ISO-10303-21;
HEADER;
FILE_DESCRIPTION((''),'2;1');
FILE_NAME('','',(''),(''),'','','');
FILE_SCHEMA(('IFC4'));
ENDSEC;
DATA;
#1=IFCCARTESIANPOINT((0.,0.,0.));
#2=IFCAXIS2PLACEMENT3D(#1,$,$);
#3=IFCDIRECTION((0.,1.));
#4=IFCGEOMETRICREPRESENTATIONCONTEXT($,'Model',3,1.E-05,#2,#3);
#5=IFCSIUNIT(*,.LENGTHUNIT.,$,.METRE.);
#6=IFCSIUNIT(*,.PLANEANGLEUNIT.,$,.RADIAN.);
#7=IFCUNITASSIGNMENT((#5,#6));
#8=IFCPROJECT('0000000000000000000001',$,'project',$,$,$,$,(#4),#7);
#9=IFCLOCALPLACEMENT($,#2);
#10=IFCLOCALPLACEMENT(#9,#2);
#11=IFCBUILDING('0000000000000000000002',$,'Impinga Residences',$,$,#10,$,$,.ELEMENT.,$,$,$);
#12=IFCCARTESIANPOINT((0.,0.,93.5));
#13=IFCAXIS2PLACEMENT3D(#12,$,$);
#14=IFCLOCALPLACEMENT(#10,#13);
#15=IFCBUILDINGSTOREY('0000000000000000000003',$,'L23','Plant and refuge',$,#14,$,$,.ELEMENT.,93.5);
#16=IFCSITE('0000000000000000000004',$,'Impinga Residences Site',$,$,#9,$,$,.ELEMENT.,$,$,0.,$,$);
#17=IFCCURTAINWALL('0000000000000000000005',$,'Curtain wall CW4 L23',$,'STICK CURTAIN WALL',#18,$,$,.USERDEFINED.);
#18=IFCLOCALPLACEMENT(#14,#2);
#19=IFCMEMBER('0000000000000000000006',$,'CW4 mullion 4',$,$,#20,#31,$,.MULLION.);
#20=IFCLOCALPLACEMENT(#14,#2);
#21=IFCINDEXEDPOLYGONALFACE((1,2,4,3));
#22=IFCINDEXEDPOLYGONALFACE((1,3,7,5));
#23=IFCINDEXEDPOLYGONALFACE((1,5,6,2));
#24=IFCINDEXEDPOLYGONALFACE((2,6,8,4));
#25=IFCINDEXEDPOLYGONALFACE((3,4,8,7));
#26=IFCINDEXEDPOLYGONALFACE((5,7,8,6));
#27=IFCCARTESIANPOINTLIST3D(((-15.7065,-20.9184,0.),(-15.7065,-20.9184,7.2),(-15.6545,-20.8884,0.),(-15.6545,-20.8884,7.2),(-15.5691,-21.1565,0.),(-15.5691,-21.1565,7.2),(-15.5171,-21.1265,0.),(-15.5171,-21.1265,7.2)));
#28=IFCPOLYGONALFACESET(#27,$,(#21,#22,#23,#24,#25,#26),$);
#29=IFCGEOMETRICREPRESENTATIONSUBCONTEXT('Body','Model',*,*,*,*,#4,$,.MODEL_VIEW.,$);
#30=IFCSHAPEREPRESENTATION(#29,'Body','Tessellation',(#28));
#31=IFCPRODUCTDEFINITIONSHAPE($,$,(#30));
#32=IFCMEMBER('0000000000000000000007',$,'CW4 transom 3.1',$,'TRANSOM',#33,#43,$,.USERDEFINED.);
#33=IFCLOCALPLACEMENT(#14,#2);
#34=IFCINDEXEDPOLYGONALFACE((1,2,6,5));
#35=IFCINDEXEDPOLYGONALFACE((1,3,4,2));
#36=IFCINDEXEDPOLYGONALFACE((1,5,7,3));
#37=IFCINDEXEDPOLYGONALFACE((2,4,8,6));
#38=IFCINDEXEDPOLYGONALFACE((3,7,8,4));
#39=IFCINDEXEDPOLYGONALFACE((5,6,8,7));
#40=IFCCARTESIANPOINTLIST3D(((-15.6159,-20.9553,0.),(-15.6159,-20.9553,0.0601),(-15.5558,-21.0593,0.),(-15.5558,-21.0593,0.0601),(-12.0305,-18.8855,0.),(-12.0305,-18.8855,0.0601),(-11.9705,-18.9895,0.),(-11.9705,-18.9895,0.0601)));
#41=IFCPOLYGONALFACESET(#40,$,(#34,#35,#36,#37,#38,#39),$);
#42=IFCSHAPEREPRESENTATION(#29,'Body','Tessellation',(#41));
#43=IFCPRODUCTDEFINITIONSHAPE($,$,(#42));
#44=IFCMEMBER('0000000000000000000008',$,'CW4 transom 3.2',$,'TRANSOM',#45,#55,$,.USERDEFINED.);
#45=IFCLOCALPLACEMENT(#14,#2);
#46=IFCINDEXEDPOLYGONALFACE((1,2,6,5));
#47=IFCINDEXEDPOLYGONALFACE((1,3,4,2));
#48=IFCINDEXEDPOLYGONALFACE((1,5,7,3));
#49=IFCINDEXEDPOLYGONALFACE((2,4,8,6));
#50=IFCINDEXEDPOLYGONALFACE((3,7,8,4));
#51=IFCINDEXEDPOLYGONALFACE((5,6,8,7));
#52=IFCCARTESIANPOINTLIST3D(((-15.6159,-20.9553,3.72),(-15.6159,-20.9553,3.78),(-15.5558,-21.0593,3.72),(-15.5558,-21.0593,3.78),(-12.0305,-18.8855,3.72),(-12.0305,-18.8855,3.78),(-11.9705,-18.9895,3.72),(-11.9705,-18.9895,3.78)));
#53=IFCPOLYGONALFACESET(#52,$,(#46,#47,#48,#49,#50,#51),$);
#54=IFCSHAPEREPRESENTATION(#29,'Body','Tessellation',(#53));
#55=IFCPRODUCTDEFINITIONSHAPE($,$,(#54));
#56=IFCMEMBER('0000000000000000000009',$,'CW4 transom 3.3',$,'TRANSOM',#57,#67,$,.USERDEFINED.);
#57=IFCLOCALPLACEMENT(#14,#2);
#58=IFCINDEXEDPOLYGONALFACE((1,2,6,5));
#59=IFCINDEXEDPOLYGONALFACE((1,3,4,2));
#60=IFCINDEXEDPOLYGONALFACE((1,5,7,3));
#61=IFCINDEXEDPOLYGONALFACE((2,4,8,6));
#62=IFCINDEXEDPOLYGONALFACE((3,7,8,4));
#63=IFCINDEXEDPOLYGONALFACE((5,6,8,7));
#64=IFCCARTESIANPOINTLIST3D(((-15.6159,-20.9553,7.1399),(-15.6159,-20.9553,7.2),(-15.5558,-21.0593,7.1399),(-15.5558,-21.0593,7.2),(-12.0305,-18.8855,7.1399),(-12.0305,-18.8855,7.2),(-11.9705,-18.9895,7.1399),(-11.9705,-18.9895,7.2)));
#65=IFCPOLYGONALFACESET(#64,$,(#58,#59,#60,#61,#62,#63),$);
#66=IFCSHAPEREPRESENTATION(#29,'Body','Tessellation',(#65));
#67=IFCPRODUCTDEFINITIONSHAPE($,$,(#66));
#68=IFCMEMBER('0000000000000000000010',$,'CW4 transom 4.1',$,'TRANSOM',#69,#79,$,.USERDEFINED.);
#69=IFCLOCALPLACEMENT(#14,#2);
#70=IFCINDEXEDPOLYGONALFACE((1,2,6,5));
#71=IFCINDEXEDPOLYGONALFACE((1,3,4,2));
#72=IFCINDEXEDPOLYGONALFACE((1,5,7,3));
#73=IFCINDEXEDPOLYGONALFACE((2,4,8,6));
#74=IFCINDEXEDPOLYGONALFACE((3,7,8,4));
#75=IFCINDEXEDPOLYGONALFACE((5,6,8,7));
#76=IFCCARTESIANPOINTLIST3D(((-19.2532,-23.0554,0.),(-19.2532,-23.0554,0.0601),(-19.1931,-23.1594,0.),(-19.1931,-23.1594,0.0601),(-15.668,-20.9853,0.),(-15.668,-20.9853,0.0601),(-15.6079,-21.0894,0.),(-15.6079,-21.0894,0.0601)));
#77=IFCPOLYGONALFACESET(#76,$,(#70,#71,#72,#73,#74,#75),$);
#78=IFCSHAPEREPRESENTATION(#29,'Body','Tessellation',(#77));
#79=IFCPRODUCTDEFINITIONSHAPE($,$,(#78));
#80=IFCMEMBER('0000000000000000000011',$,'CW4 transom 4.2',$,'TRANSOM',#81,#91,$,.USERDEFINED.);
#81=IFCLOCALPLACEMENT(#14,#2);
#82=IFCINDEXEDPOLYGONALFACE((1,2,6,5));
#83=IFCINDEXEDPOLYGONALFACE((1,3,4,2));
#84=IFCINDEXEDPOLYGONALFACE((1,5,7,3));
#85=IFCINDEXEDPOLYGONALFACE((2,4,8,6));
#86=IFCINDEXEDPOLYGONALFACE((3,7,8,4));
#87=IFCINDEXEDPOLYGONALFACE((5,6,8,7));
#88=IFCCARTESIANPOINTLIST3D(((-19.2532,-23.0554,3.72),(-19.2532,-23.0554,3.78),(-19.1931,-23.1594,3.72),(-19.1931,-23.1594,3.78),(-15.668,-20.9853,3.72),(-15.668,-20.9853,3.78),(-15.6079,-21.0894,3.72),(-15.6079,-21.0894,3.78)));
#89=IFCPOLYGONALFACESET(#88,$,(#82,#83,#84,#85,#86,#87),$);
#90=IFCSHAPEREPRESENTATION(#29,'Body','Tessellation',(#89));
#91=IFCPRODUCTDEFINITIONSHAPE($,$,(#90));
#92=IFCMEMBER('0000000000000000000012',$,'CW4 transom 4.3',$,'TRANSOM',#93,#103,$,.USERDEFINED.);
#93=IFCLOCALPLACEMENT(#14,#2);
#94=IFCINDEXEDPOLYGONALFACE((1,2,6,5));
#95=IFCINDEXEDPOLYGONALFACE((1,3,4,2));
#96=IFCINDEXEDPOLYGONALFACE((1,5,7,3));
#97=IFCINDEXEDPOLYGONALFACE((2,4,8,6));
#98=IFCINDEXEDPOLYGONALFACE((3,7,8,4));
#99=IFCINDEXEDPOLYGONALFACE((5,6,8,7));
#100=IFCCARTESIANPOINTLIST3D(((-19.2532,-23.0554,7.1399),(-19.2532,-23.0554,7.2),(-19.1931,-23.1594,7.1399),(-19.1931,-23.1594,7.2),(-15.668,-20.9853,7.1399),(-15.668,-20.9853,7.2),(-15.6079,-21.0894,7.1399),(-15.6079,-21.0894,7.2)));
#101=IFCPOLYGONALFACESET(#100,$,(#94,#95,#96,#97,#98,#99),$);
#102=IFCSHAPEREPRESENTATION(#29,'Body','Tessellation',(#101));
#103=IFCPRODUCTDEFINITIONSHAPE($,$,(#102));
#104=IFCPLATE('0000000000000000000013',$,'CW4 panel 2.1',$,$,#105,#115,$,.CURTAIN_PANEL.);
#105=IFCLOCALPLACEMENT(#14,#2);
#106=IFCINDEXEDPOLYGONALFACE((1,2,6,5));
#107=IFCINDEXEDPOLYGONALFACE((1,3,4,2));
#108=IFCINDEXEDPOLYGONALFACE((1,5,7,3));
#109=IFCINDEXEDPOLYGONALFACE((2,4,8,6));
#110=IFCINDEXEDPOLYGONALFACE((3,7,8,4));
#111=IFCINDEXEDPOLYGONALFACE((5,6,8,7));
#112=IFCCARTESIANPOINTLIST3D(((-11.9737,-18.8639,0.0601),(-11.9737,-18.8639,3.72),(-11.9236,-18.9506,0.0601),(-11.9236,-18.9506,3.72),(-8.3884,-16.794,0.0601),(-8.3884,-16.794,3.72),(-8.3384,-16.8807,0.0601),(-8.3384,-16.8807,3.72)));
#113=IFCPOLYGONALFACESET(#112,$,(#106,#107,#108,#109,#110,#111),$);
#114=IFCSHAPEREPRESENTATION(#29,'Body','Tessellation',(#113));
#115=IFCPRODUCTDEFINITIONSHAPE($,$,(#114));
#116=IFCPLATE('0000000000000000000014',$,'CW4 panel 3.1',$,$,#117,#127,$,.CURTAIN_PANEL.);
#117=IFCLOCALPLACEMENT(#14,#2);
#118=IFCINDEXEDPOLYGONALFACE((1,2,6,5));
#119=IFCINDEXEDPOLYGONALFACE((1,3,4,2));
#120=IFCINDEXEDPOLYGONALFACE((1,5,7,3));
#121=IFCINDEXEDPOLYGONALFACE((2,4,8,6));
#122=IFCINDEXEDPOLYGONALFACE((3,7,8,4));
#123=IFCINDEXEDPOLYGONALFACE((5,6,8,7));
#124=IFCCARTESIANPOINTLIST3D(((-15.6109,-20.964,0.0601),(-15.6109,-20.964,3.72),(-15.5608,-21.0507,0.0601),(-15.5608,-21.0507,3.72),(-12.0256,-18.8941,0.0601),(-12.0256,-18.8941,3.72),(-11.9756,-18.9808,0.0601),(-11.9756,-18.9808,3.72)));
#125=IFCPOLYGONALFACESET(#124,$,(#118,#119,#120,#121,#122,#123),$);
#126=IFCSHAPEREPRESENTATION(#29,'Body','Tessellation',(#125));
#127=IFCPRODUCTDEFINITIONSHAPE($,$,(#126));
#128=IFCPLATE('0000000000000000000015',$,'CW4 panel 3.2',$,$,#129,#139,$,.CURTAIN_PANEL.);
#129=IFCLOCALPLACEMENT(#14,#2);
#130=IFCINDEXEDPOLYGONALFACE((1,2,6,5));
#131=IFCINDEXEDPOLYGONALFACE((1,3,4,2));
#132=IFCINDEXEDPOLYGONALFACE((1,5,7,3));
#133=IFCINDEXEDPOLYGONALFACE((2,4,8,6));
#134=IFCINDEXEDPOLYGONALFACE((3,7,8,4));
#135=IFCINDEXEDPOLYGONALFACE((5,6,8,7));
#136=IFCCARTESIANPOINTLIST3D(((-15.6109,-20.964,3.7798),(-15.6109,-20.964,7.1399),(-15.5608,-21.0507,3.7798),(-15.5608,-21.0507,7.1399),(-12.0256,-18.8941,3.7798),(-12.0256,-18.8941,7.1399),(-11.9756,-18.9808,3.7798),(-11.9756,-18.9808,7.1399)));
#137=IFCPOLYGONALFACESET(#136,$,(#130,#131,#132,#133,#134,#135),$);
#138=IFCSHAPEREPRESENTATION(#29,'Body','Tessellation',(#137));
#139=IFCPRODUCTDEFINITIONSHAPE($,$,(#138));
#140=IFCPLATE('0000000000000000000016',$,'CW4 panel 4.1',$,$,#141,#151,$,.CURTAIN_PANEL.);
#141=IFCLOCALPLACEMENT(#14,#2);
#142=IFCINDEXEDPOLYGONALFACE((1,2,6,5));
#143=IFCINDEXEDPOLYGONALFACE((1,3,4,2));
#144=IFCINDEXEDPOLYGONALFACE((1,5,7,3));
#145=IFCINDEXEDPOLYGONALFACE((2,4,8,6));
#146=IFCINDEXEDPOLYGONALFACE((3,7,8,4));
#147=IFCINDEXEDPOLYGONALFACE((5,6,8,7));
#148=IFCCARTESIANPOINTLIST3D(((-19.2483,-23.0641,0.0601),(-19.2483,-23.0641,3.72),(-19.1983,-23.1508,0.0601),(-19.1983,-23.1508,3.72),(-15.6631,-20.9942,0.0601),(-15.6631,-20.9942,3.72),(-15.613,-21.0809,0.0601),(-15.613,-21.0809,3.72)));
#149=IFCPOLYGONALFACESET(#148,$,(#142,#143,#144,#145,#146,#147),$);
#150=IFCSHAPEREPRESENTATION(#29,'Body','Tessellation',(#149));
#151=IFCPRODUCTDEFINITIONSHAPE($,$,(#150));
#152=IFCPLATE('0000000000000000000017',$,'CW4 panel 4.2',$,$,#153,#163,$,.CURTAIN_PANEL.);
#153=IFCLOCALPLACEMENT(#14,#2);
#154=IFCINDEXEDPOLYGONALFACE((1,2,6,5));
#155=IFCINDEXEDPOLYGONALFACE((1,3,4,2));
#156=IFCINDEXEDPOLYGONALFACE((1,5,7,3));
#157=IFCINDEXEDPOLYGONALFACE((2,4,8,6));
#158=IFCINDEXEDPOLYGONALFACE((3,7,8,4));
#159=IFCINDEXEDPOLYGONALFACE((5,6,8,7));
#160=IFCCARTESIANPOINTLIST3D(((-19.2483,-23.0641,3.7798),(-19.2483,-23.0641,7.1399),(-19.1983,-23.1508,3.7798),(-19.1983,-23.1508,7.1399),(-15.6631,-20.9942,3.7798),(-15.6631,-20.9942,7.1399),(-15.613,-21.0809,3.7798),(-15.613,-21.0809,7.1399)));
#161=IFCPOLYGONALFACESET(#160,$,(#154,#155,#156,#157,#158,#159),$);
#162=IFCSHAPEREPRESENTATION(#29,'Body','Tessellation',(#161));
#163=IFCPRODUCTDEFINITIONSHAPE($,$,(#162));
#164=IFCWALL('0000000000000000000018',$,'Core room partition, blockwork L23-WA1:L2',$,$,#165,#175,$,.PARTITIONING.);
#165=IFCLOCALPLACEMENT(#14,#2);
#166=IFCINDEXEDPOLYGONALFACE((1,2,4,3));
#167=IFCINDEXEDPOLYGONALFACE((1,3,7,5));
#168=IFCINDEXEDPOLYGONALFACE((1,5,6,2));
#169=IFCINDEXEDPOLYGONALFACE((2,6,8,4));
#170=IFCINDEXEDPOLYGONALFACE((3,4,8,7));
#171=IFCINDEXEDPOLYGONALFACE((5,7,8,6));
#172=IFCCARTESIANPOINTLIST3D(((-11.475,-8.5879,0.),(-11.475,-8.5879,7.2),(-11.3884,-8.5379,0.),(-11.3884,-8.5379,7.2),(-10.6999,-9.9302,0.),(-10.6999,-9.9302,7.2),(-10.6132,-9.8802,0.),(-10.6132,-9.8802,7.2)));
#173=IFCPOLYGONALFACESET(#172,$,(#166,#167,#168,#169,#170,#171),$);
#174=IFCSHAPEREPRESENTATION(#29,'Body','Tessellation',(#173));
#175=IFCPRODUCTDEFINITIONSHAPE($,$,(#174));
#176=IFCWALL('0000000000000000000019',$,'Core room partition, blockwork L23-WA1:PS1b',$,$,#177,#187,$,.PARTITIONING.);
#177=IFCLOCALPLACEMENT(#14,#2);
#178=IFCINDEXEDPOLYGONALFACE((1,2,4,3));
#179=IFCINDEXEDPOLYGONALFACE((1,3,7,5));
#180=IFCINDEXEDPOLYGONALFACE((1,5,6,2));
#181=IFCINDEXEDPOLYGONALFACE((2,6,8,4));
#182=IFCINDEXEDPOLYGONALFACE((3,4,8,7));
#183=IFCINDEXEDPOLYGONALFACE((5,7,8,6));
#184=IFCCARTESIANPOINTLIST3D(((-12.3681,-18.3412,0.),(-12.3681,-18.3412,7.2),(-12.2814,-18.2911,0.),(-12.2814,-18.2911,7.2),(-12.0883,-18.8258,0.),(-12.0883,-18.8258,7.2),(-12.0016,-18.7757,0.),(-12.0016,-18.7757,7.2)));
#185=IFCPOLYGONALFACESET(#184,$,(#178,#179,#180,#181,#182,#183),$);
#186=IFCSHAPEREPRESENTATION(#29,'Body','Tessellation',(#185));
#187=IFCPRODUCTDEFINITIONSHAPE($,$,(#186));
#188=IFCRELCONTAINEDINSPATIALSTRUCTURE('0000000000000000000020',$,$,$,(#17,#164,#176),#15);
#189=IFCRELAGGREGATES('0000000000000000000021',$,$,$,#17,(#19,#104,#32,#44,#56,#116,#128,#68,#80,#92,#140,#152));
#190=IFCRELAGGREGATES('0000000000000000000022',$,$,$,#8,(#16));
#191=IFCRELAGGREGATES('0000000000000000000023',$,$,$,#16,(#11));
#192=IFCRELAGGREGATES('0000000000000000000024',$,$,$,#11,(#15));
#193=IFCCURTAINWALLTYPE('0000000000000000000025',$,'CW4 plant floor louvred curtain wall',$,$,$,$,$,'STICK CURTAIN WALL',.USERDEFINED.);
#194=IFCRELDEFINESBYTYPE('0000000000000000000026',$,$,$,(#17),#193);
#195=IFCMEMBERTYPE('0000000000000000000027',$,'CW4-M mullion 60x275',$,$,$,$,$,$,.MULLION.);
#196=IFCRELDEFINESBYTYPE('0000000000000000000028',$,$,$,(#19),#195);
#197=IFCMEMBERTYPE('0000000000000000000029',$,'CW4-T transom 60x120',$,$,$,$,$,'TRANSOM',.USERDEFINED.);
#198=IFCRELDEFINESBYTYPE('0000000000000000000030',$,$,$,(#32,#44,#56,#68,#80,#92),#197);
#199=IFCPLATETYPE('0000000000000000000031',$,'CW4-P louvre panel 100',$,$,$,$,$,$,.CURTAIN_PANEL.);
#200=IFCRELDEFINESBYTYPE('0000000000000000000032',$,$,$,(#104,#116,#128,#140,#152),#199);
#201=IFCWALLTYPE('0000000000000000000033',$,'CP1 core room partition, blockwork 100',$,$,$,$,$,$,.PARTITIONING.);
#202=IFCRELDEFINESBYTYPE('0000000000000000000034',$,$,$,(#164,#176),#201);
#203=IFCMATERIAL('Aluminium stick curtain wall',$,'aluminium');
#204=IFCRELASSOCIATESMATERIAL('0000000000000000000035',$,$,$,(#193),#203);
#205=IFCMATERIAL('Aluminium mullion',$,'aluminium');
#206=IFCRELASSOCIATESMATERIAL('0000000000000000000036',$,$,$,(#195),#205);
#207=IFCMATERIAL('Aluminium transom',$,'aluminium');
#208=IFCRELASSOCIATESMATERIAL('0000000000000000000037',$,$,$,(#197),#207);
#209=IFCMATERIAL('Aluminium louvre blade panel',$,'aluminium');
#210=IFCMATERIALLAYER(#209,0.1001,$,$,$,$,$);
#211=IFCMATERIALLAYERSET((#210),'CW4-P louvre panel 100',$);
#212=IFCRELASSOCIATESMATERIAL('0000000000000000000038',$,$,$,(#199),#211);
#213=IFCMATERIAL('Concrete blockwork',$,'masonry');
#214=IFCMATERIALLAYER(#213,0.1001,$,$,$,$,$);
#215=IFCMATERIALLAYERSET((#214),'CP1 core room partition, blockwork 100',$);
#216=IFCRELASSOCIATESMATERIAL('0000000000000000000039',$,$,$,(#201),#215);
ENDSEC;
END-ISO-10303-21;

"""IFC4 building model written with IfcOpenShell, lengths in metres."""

from ifc_helpers import new_model, si_unit, direction, frame, frame_2d, origin, origin_2d, place, context, subcontext, project, spatial, rectangle, extrude, material, layer, layer_set, material_profile, profile_set, type_object, element, aggregate, save


model = new_model("IFC4")

# Units and contexts
model_context = context("Model", 3, precision=1e-05, world=origin(), true_north=direction((0.0, 1.0)))
body_context = subcontext(model_context, "Body", "Model", "MODEL_VIEW")
ifc_project = project(units=[si_unit("LENGTHUNIT", "METRE"), si_unit("PLANEANGLEUNIT", "RADIAN")], contexts=[model_context])

# Site, building, storey
site_placement = place(None, origin())
site = spatial("IfcSite", under=ifc_project, at=site_placement, Name="Impinga Residences Site", CompositionType="ELEMENT", RefElevation=0.0)
building_placement = place(site_placement, origin())
building = spatial("IfcBuilding", under=site, at=building_placement, Name="Impinga Residences", CompositionType="ELEMENT")
storey_placement = place(building_placement, frame((0.0, 0.0, 93.5)))
storey = spatial("IfcBuildingStorey", under=building, at=storey_placement, Name="L23", Description="Plant and refuge", CompositionType="ELEMENT", Elevation=93.5)

# Curtain wall, members, plates
ifc_material_1 = material(Name="Aluminium stick curtain wall", Category="aluminium")
curtain_wall_type = type_object("IfcCurtainWallType", Name="CW4 plant floor louvred curtain wall", ElementType="STICK CURTAIN WALL", PredefinedType="USERDEFINED", material=ifc_material_1)
curtain_wall_placement = place(storey_placement, origin())
curtain_wall = element("IfcCurtainWall", 1, at=curtain_wall_placement, inside=storey, type_object=curtain_wall_type, Name="Curtain wall CW4 L23", ObjectType="STICK CURTAIN WALL", PredefinedType="USERDEFINED")
ifc_material_2 = material(Name="Aluminium mullion", Category="aluminium")
ifc_material_profile_1 = material_profile(ifc_material_2, rectangle(XDim=0.0601, YDim=0.2749, at=origin_2d()), Name="60x275 mullion")
ifc_profile_set_1 = profile_set([ifc_material_profile_1], Name="Aluminium mullion")
member_type_1 = type_object("IfcMemberType", Name="CW4-M mullion 60x275", PredefinedType="MULLION", material=ifc_profile_set_1)
member_1_placement = place(storey_placement, frame((-15.6118, -21.0225, 0.0), z_axis=(0.0, 0.0, 1.0), x_axis=(-0.866025, -0.5, 0.0)))
member_1 = element("IfcMember", 2, at=member_1_placement, type_object=member_type_1, Name="CW4 mullion 4", PredefinedType="MULLION", context=body_context, shape_type="SweptSolid", body=[
    extrude(rectangle(XDim=0.0601, YDim=0.2749, at=origin_2d()), origin(), (0.0, 0.0, 1.0), 7.2),
])
ifc_material_3 = material(Name="Aluminium transom", Category="aluminium")
ifc_material_profile_2 = material_profile(ifc_material_3, rectangle(XDim=0.0601, YDim=0.1201, at=origin_2d()), Name="60x120 transom")
ifc_profile_set_2 = profile_set([ifc_material_profile_2], Name="Aluminium transom")
member_type_2 = type_object("IfcMemberType", Name="CW4-T transom 60x120", ElementType="TRANSOM", PredefinedType="USERDEFINED", material=ifc_profile_set_2)
member_2_placement = place(storey_placement, frame((-12.0005, -18.9375, 0.03), z_axis=(-0.86605, -0.499957, 0.0), x_axis=(0.0, 0.0, 1.0)))
member_2 = element("IfcMember", 3, at=member_2_placement, type_object=member_type_2, Name="CW4 transom 3.1", ObjectType="TRANSOM", PredefinedType="USERDEFINED", context=body_context, shape_type="SweptSolid", body=[
    extrude(rectangle(XDim=0.0601, YDim=0.1201, at=origin_2d()), origin(), (0.0, 0.0, 1.0), 4.1399),
])
member_3_placement = place(storey_placement, frame((-12.0005, -18.9375, 3.75), z_axis=(-0.86605, -0.499957, 0.0), x_axis=(0.0, 0.0, 1.0)))
member_3 = element("IfcMember", 4, at=member_3_placement, type_object=member_type_2, Name="CW4 transom 3.2", ObjectType="TRANSOM", PredefinedType="USERDEFINED", context=body_context, shape_type="SweptSolid", body=[
    extrude(rectangle(XDim=0.0601, YDim=0.1201, at=origin_2d()), origin(), (0.0, 0.0, 1.0), 4.1399),
])
member_4_placement = place(storey_placement, frame((-12.0005, -18.9375, 7.1699), z_axis=(-0.86605, -0.499957, 0.0), x_axis=(0.0, 0.0, 1.0)))
member_4 = element("IfcMember", 5, at=member_4_placement, type_object=member_type_2, Name="CW4 transom 3.3", ObjectType="TRANSOM", PredefinedType="USERDEFINED", context=body_context, shape_type="SweptSolid", body=[
    extrude(rectangle(XDim=0.0601, YDim=0.1201, at=origin_2d()), origin(), (0.0, 0.0, 1.0), 4.1399),
])
member_5_placement = place(storey_placement, frame((-15.6379, -21.0374, 0.03), z_axis=(-0.86601, -0.500027, 0.0), x_axis=(0.0, 0.0, 1.0)))
member_5 = element("IfcMember", 6, at=member_5_placement, type_object=member_type_2, Name="CW4 transom 4.1", ObjectType="TRANSOM", PredefinedType="USERDEFINED", context=body_context, shape_type="SweptSolid", body=[
    extrude(rectangle(XDim=0.0601, YDim=0.1201, at=origin_2d()), origin(), (0.0, 0.0, 1.0), 4.1399),
])
member_6_placement = place(storey_placement, frame((-15.6379, -21.0374, 3.75), z_axis=(-0.86601, -0.500027, 0.0), x_axis=(0.0, 0.0, 1.0)))
member_6 = element("IfcMember", 7, at=member_6_placement, type_object=member_type_2, Name="CW4 transom 4.2", ObjectType="TRANSOM", PredefinedType="USERDEFINED", context=body_context, shape_type="SweptSolid", body=[
    extrude(rectangle(XDim=0.0601, YDim=0.1201, at=origin_2d()), origin(), (0.0, 0.0, 1.0), 4.1399),
])
member_7_placement = place(storey_placement, frame((-15.6379, -21.0374, 7.1699), z_axis=(-0.86601, -0.500027, 0.0), x_axis=(0.0, 0.0, 1.0)))
member_7 = element("IfcMember", 8, at=member_7_placement, type_object=member_type_2, Name="CW4 transom 4.3", ObjectType="TRANSOM", PredefinedType="USERDEFINED", context=body_context, shape_type="SweptSolid", body=[
    extrude(rectangle(XDim=0.0601, YDim=0.1201, at=origin_2d()), origin(), (0.0, 0.0, 1.0), 4.1399),
])
ifc_material_4 = material(Name="Aluminium louvre blade panel", Category="aluminium")
ifc_layer_1 = layer(ifc_material_4, 0.1001)
ifc_layer_set_1 = layer_set([ifc_layer_1], Name="CW4-P louvre panel 100")
plate_type = type_object("IfcPlateType", Name="CW4-P louvre panel 100", PredefinedType="CURTAIN_PANEL", material=ifc_layer_set_1)
plate_1_placement = place(storey_placement, frame((-10.156, -17.8723, 0.0601), z_axis=(0.0, 0.0, 1.0), x_axis=(-0.866025, -0.5, 0.0)))
plate_1 = element("IfcPlate", 9, at=plate_1_placement, type_object=plate_type, Name="CW4 panel 2.1", PredefinedType="CURTAIN_PANEL", context=body_context, shape_type="SweptSolid", body=[
    extrude(rectangle(XDim=4.1399, YDim=0.1001, at=origin_2d()), origin(), (0.0, 0.0, 1.0), 3.6599),
])
plate_2_placement = place(storey_placement, frame((-13.7932, -19.9724, 0.0601), z_axis=(0.0, 0.0, 1.0), x_axis=(-0.866025, -0.5, 0.0)))
plate_2 = element("IfcPlate", 10, at=plate_2_placement, type_object=plate_type, Name="CW4 panel 3.1", PredefinedType="CURTAIN_PANEL", context=body_context, shape_type="SweptSolid", body=[
    extrude(rectangle(XDim=4.1399, YDim=0.1001, at=origin_2d()), origin(), (0.0, 0.0, 1.0), 3.6599),
])
plate_3_placement = place(storey_placement, frame((-13.7932, -19.9724, 3.7798), z_axis=(0.0, 0.0, 1.0), x_axis=(-0.866025, -0.5, 0.0)))
plate_3 = element("IfcPlate", 11, at=plate_3_placement, type_object=plate_type, Name="CW4 panel 3.2", PredefinedType="CURTAIN_PANEL", context=body_context, shape_type="SweptSolid", body=[
    extrude(rectangle(XDim=4.1399, YDim=0.1001, at=origin_2d()), origin(), (0.0, 0.0, 1.0), 3.3601),
])
plate_4_placement = place(storey_placement, frame((-17.4307, -22.0725, 0.0601), z_axis=(0.0, 0.0, 1.0), x_axis=(-0.866025, -0.5, 0.0)))
plate_4 = element("IfcPlate", 12, at=plate_4_placement, type_object=plate_type, Name="CW4 panel 4.1", PredefinedType="CURTAIN_PANEL", context=body_context, shape_type="SweptSolid", body=[
    extrude(rectangle(XDim=4.1399, YDim=0.1001, at=origin_2d()), origin(), (0.0, 0.0, 1.0), 3.6599),
])
plate_5_placement = place(storey_placement, frame((-17.4307, -22.0725, 3.7798), z_axis=(0.0, 0.0, 1.0), x_axis=(-0.866025, -0.5, 0.0)))
plate_5 = element("IfcPlate", 13, at=plate_5_placement, type_object=plate_type, Name="CW4 panel 4.2", PredefinedType="CURTAIN_PANEL", context=body_context, shape_type="SweptSolid", body=[
    extrude(rectangle(XDim=4.1399, YDim=0.1001, at=origin_2d()), origin(), (0.0, 0.0, 1.0), 3.3601),
])
aggregate(curtain_wall, [member_1, plate_1, member_2, member_3, member_4, plate_2, plate_3, member_5, member_6, member_7, plate_4, plate_5])

# Walls
ifc_material_5 = material(Name="Concrete blockwork", Category="masonry")
ifc_layer_2 = layer(ifc_material_5, 0.1001)
ifc_layer_set_2 = layer_set([ifc_layer_2], Name="CP1 core room partition, blockwork 100")
wall_type_1 = type_object("IfcWallType", Name="CP1 core room partition, blockwork 100", PredefinedType="PARTITIONING", material=ifc_layer_set_2)
wall_1_placement = place(storey_placement, frame((-11.4316, -8.563, 0.0), z_axis=(0.0, 0.0, 1.0), x_axis=(0.500086, -0.865976, 0.0)))
element("IfcWall", 14, at=wall_1_placement, inside=storey, type_object=wall_type_1, Name="Core room partition, blockwork L23-WA1:L2", PredefinedType="PARTITIONING", context=body_context, shape_type="SweptSolid", body=[
    extrude(rectangle(XDim=1.55, YDim=0.1001, at=frame_2d((0.7749, 0.0))), origin(), (0.0, 0.0, 1.0), 7.2),
])
wall_2_placement = place(storey_placement, frame((-12.3247, -18.3162, 0.0), z_axis=(0.0, 0.0, 1.0), x_axis=(0.499987, -0.866033, 0.0)))
element("IfcWall", 15, at=wall_2_placement, inside=storey, type_object=wall_type_1, Name="Core room partition, blockwork L23-WA1:PS1b", PredefinedType="PARTITIONING", context=body_context, shape_type="SweptSolid", body=[
    extrude(rectangle(XDim=0.5596, YDim=0.1001, at=frame_2d((0.2798, 0.0))), origin(), (0.0, 0.0, 1.0), 7.2),
])

save(model, "model.ifc")
